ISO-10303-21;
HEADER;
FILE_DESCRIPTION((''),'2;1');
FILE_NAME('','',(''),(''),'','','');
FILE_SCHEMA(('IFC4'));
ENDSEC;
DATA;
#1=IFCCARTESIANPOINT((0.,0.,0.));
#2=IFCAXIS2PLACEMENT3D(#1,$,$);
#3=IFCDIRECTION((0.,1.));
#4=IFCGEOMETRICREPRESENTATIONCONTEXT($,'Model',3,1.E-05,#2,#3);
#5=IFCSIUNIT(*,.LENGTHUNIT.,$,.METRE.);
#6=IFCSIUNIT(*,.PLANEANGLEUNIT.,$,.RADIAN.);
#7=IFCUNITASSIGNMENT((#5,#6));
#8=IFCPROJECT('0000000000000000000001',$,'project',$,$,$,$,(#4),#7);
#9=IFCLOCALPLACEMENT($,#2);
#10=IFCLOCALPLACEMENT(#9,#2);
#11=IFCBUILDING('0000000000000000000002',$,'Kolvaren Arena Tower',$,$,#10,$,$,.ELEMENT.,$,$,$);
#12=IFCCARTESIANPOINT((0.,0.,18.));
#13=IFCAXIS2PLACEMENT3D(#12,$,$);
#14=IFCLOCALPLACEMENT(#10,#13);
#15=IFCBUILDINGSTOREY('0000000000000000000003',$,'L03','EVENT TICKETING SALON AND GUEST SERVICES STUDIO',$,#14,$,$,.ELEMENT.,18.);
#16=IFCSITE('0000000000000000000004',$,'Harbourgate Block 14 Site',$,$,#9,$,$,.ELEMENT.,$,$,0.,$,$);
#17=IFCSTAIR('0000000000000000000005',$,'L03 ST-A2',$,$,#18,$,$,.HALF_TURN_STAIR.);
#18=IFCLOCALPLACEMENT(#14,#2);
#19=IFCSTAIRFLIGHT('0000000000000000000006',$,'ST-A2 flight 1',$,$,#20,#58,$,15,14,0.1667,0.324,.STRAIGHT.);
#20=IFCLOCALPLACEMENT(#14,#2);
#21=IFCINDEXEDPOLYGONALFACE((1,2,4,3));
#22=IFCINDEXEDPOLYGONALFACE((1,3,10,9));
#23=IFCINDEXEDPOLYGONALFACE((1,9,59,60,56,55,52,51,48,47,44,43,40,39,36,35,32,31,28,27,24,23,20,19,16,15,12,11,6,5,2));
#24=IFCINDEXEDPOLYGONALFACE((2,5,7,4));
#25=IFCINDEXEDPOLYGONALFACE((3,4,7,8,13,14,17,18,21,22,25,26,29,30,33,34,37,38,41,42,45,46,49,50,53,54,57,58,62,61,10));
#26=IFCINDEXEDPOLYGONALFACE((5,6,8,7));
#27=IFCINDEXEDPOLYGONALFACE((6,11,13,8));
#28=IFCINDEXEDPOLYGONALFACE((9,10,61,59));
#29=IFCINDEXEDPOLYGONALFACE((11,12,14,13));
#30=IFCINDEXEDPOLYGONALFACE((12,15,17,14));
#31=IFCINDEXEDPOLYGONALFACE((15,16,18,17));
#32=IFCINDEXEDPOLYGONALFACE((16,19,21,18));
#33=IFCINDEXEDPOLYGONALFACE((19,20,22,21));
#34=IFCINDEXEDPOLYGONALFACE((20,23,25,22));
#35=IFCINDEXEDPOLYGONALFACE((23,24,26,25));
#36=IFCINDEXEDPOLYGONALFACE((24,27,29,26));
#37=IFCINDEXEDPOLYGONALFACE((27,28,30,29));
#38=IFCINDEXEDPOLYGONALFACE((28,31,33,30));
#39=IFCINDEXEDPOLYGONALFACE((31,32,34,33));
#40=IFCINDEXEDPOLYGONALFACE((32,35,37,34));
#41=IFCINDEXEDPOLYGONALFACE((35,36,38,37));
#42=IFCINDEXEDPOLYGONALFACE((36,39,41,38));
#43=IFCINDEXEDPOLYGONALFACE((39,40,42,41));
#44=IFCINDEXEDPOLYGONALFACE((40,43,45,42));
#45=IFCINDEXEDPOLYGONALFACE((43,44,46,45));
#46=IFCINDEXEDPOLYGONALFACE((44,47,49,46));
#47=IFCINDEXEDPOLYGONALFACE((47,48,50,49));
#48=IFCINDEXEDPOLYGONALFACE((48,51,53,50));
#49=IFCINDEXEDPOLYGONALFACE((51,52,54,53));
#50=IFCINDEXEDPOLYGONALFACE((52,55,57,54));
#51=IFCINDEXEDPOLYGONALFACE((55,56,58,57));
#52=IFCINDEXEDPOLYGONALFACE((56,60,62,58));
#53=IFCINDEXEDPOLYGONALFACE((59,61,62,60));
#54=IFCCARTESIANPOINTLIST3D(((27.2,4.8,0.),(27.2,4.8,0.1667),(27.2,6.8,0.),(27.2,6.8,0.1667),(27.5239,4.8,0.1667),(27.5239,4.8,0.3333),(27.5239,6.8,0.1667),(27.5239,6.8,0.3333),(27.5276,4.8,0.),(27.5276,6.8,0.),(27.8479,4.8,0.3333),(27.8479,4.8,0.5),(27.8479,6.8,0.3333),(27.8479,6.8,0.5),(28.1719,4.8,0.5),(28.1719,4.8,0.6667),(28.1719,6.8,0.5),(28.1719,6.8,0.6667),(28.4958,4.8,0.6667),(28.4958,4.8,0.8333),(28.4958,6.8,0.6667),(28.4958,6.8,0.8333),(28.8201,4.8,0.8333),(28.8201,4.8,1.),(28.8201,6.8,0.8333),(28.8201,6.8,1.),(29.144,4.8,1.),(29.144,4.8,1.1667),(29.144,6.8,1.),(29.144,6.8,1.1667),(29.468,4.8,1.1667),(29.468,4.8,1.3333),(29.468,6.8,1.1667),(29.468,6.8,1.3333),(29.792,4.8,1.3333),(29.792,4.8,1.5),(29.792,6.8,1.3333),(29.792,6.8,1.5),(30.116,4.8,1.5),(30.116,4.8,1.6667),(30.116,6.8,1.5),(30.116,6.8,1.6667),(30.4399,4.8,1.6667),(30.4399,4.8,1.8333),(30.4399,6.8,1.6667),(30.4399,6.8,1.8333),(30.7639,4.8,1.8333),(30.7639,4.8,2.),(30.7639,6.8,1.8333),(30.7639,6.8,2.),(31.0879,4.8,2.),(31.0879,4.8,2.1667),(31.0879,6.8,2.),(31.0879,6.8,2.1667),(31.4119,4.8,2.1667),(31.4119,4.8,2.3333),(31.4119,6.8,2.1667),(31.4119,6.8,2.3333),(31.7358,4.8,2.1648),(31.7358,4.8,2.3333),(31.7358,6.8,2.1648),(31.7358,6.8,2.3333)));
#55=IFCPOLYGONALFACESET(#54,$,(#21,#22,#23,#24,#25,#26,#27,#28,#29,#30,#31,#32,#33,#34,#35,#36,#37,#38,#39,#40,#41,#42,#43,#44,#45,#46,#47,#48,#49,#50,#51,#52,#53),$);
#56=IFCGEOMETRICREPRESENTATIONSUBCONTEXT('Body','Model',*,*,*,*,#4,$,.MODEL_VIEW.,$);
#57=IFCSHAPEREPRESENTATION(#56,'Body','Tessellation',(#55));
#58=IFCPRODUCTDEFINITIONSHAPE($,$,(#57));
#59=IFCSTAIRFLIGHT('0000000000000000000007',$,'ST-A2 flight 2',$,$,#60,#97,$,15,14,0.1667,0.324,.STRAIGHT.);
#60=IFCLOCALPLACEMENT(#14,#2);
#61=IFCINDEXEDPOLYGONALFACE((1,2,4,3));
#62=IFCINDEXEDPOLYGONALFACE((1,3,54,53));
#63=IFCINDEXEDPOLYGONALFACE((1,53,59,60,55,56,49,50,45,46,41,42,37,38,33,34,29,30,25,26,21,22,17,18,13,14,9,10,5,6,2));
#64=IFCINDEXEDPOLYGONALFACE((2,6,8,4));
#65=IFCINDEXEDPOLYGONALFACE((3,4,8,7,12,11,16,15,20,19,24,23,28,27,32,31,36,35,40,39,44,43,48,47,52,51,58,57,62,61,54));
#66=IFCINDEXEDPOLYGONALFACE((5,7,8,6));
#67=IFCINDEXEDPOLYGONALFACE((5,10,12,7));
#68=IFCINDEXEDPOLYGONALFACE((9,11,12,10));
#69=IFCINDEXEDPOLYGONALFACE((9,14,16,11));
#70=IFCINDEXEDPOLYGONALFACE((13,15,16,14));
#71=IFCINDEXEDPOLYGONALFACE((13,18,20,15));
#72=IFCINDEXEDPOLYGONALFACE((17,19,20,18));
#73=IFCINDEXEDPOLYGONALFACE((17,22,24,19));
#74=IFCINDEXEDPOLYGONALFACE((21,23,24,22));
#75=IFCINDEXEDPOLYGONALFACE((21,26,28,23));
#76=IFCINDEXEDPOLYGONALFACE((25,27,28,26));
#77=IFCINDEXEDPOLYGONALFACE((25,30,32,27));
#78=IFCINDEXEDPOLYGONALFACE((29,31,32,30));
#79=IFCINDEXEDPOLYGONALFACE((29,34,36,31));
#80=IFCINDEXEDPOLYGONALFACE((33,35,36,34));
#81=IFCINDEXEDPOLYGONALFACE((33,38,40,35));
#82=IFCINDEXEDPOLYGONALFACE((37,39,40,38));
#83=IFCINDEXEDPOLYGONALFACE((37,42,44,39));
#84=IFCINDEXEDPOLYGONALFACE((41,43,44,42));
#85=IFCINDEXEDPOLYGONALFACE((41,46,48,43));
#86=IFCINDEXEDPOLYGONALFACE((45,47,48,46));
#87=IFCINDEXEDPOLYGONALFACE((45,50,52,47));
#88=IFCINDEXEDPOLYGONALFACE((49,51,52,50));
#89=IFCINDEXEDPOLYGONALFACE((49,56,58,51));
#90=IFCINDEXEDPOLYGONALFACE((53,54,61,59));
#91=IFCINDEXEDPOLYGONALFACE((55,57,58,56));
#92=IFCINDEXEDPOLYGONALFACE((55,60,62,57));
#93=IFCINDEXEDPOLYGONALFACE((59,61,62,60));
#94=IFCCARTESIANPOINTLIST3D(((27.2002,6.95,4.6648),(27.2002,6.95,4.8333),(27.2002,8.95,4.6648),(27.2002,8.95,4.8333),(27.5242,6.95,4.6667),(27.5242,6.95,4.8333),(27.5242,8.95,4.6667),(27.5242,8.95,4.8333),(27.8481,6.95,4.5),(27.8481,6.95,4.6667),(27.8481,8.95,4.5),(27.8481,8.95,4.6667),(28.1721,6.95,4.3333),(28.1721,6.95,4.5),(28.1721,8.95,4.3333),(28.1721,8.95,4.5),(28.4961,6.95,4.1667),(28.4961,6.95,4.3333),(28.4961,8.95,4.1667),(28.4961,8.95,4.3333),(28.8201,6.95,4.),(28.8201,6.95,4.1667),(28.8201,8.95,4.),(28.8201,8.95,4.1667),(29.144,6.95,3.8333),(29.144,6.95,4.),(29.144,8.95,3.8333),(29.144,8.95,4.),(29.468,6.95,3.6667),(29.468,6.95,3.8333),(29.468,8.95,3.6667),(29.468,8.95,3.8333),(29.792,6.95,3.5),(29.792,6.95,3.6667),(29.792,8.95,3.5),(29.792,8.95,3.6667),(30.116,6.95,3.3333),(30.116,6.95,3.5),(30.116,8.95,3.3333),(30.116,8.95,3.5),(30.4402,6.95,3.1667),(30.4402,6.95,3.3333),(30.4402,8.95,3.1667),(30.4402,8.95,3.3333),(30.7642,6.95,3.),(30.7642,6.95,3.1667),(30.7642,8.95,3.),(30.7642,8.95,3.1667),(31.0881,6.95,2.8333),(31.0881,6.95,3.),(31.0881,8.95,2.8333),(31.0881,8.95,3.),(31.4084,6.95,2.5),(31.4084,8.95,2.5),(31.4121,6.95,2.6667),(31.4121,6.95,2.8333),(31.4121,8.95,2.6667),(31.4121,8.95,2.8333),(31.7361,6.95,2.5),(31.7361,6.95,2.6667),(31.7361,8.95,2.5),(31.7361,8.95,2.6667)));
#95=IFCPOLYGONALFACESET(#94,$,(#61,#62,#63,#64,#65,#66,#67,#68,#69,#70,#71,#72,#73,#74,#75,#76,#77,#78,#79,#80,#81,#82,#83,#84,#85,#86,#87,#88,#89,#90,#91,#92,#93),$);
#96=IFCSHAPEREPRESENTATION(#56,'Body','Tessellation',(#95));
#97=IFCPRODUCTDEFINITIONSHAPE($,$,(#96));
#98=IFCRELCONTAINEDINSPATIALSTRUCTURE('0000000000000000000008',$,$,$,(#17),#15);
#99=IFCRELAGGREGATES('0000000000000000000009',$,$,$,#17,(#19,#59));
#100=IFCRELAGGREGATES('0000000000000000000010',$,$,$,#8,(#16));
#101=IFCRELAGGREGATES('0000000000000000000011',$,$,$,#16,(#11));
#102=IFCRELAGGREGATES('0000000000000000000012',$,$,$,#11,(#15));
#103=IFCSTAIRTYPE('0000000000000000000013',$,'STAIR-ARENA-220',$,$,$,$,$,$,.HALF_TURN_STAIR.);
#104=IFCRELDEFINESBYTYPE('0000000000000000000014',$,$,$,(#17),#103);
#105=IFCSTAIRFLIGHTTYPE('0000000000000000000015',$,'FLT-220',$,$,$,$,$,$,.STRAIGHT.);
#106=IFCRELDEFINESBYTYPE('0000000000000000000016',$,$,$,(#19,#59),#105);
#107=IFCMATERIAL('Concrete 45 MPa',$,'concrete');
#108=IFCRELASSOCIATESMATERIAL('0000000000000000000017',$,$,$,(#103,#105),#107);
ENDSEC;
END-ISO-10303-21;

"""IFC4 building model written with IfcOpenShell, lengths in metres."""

from ifc_helpers import new_model, si_unit, direction, frame, origin, place, context, subcontext, project, spatial, polyline, outline, extrude, material, type_object, element, aggregate, save


model = new_model("IFC4")

# Units and contexts
model_context = context("Model", 3, precision=1e-05, world=origin(), true_north=direction((0.0, 1.0)))
body_context = subcontext(model_context, "Body", "Model", "MODEL_VIEW")
ifc_project = project(units=[si_unit("LENGTHUNIT", "METRE"), si_unit("PLANEANGLEUNIT", "RADIAN")], contexts=[model_context])

# Site, building, storey
site_placement = place(None, origin())
site = spatial("IfcSite", under=ifc_project, at=site_placement, Name="Harbourgate Block 14 Site", CompositionType="ELEMENT", RefElevation=0.0)
building_placement = place(site_placement, origin())
building = spatial("IfcBuilding", under=site, at=building_placement, Name="Kolvaren Arena Tower", CompositionType="ELEMENT")
storey_placement = place(building_placement, frame((0.0, 0.0, 18.0)))
storey = spatial("IfcBuildingStorey", under=building, at=storey_placement, Name="L03", Description="EVENT TICKETING SALON AND GUEST SERVICES STUDIO", CompositionType="ELEMENT", Elevation=18.0)

# Shared definitions
ifc_material_1 = material(Name="Concrete 45 MPa", Category="concrete")

# Stair, stair flights
stair_type = type_object("IfcStairType", Name="STAIR-ARENA-220", PredefinedType="HALF_TURN_STAIR", material=ifc_material_1)
stair_placement = place(storey_placement, origin())
stair = element("IfcStair", 1, at=stair_placement, inside=storey, type_object=stair_type, Name="L03 ST-A2", PredefinedType="HALF_TURN_STAIR")
stair_flight_type = type_object("IfcStairFlightType", Name="FLT-220", PredefinedType="STRAIGHT", material=ifc_material_1)
stair_flight_1_placement = place(storey_placement, frame((27.2, 5.8, 0.0), z_axis=(0.0, 0.0, 1.0), x_axis=(1.0, 0.0, 0.0)))
stair_flight_1 = element("IfcStairFlight", 2, at=stair_flight_1_placement, type_object=stair_flight_type, Name="ST-A2 flight 1", NumberOfRisers=15, NumberOfTreads=14, PredefinedType="STRAIGHT", RiserHeight=0.1667, TreadLength=0.324, context=body_context, shape_type="SweptSolid", body=[
    extrude(outline(polyline([(0.0, 0.0), (0.0, 0.1667), (0.324, 0.1667), (0.324, 0.3333), (0.6479, 0.3333), (0.6479, 0.5), (0.9719, 0.5), (0.9719, 0.6667), (1.2959, 0.6667), (1.2959, 0.8333), (1.6201, 0.8333), (1.6201, 1.0), (1.9441, 1.0), (1.9441, 1.1667), (2.2681, 1.1667), (2.2681, 1.3333), (2.592, 1.3333), (2.592, 1.5), (2.916, 1.5), (2.916, 1.6667), (3.24, 1.6667), (3.24, 1.8333), (3.564, 1.8333), (3.564, 2.0), (3.8879, 2.0), (3.8879, 2.1667), (4.2119, 2.1667), (4.2119, 2.3333), (4.5359, 2.3333), (4.5359, 2.5), (4.5359, 2.1648), (0.3276, 0.0), (0.0, 0.0)])), frame((0.0, 1.0, 0.0), z_axis=(0.0, -1.0, 0.0), x_axis=(1.0, 0.0, 0.0)), (0.0, 0.0, 1.0), 2.0),
])
stair_flight_2_placement = place(storey_placement, frame((31.7361, 7.95, 2.5), z_axis=(0.0, 0.0, 1.0), x_axis=(-1.0, 0.0, 0.0)))
stair_flight_2 = element("IfcStairFlight", 3, at=stair_flight_2_placement, type_object=stair_flight_type, Name="ST-A2 flight 2", NumberOfRisers=15, NumberOfTreads=14, PredefinedType="STRAIGHT", RiserHeight=0.1667, TreadLength=0.324, context=body_context, shape_type="SweptSolid", body=[
    extrude(outline(polyline([(0.0, 0.0), (0.0, 0.1667), (0.324, 0.1667), (0.324, 0.3333), (0.6479, 0.3333), (0.6479, 0.5), (0.9719, 0.5), (0.9719, 0.6667), (1.2959, 0.6667), (1.2959, 0.8333), (1.6201, 0.8333), (1.6201, 1.0), (1.9441, 1.0), (1.9441, 1.1667), (2.2681, 1.1667), (2.2681, 1.3333), (2.592, 1.3333), (2.592, 1.5), (2.916, 1.5), (2.916, 1.6667), (3.24, 1.6667), (3.24, 1.8333), (3.564, 1.8333), (3.564, 2.0), (3.8879, 2.0), (3.8879, 2.1667), (4.2119, 2.1667), (4.2119, 2.3333), (4.5359, 2.3333), (4.5359, 2.5), (4.5359, 2.1648), (0.3276, 0.0), (0.0, 0.0)])), frame((0.0, 1.0, 0.0), z_axis=(0.0, -1.0, 0.0), x_axis=(1.0, 0.0, 0.0)), (0.0, 0.0, 1.0), 2.0),
])
aggregate(stair, [stair_flight_1, stair_flight_2])

save(model, "model.ifc")
